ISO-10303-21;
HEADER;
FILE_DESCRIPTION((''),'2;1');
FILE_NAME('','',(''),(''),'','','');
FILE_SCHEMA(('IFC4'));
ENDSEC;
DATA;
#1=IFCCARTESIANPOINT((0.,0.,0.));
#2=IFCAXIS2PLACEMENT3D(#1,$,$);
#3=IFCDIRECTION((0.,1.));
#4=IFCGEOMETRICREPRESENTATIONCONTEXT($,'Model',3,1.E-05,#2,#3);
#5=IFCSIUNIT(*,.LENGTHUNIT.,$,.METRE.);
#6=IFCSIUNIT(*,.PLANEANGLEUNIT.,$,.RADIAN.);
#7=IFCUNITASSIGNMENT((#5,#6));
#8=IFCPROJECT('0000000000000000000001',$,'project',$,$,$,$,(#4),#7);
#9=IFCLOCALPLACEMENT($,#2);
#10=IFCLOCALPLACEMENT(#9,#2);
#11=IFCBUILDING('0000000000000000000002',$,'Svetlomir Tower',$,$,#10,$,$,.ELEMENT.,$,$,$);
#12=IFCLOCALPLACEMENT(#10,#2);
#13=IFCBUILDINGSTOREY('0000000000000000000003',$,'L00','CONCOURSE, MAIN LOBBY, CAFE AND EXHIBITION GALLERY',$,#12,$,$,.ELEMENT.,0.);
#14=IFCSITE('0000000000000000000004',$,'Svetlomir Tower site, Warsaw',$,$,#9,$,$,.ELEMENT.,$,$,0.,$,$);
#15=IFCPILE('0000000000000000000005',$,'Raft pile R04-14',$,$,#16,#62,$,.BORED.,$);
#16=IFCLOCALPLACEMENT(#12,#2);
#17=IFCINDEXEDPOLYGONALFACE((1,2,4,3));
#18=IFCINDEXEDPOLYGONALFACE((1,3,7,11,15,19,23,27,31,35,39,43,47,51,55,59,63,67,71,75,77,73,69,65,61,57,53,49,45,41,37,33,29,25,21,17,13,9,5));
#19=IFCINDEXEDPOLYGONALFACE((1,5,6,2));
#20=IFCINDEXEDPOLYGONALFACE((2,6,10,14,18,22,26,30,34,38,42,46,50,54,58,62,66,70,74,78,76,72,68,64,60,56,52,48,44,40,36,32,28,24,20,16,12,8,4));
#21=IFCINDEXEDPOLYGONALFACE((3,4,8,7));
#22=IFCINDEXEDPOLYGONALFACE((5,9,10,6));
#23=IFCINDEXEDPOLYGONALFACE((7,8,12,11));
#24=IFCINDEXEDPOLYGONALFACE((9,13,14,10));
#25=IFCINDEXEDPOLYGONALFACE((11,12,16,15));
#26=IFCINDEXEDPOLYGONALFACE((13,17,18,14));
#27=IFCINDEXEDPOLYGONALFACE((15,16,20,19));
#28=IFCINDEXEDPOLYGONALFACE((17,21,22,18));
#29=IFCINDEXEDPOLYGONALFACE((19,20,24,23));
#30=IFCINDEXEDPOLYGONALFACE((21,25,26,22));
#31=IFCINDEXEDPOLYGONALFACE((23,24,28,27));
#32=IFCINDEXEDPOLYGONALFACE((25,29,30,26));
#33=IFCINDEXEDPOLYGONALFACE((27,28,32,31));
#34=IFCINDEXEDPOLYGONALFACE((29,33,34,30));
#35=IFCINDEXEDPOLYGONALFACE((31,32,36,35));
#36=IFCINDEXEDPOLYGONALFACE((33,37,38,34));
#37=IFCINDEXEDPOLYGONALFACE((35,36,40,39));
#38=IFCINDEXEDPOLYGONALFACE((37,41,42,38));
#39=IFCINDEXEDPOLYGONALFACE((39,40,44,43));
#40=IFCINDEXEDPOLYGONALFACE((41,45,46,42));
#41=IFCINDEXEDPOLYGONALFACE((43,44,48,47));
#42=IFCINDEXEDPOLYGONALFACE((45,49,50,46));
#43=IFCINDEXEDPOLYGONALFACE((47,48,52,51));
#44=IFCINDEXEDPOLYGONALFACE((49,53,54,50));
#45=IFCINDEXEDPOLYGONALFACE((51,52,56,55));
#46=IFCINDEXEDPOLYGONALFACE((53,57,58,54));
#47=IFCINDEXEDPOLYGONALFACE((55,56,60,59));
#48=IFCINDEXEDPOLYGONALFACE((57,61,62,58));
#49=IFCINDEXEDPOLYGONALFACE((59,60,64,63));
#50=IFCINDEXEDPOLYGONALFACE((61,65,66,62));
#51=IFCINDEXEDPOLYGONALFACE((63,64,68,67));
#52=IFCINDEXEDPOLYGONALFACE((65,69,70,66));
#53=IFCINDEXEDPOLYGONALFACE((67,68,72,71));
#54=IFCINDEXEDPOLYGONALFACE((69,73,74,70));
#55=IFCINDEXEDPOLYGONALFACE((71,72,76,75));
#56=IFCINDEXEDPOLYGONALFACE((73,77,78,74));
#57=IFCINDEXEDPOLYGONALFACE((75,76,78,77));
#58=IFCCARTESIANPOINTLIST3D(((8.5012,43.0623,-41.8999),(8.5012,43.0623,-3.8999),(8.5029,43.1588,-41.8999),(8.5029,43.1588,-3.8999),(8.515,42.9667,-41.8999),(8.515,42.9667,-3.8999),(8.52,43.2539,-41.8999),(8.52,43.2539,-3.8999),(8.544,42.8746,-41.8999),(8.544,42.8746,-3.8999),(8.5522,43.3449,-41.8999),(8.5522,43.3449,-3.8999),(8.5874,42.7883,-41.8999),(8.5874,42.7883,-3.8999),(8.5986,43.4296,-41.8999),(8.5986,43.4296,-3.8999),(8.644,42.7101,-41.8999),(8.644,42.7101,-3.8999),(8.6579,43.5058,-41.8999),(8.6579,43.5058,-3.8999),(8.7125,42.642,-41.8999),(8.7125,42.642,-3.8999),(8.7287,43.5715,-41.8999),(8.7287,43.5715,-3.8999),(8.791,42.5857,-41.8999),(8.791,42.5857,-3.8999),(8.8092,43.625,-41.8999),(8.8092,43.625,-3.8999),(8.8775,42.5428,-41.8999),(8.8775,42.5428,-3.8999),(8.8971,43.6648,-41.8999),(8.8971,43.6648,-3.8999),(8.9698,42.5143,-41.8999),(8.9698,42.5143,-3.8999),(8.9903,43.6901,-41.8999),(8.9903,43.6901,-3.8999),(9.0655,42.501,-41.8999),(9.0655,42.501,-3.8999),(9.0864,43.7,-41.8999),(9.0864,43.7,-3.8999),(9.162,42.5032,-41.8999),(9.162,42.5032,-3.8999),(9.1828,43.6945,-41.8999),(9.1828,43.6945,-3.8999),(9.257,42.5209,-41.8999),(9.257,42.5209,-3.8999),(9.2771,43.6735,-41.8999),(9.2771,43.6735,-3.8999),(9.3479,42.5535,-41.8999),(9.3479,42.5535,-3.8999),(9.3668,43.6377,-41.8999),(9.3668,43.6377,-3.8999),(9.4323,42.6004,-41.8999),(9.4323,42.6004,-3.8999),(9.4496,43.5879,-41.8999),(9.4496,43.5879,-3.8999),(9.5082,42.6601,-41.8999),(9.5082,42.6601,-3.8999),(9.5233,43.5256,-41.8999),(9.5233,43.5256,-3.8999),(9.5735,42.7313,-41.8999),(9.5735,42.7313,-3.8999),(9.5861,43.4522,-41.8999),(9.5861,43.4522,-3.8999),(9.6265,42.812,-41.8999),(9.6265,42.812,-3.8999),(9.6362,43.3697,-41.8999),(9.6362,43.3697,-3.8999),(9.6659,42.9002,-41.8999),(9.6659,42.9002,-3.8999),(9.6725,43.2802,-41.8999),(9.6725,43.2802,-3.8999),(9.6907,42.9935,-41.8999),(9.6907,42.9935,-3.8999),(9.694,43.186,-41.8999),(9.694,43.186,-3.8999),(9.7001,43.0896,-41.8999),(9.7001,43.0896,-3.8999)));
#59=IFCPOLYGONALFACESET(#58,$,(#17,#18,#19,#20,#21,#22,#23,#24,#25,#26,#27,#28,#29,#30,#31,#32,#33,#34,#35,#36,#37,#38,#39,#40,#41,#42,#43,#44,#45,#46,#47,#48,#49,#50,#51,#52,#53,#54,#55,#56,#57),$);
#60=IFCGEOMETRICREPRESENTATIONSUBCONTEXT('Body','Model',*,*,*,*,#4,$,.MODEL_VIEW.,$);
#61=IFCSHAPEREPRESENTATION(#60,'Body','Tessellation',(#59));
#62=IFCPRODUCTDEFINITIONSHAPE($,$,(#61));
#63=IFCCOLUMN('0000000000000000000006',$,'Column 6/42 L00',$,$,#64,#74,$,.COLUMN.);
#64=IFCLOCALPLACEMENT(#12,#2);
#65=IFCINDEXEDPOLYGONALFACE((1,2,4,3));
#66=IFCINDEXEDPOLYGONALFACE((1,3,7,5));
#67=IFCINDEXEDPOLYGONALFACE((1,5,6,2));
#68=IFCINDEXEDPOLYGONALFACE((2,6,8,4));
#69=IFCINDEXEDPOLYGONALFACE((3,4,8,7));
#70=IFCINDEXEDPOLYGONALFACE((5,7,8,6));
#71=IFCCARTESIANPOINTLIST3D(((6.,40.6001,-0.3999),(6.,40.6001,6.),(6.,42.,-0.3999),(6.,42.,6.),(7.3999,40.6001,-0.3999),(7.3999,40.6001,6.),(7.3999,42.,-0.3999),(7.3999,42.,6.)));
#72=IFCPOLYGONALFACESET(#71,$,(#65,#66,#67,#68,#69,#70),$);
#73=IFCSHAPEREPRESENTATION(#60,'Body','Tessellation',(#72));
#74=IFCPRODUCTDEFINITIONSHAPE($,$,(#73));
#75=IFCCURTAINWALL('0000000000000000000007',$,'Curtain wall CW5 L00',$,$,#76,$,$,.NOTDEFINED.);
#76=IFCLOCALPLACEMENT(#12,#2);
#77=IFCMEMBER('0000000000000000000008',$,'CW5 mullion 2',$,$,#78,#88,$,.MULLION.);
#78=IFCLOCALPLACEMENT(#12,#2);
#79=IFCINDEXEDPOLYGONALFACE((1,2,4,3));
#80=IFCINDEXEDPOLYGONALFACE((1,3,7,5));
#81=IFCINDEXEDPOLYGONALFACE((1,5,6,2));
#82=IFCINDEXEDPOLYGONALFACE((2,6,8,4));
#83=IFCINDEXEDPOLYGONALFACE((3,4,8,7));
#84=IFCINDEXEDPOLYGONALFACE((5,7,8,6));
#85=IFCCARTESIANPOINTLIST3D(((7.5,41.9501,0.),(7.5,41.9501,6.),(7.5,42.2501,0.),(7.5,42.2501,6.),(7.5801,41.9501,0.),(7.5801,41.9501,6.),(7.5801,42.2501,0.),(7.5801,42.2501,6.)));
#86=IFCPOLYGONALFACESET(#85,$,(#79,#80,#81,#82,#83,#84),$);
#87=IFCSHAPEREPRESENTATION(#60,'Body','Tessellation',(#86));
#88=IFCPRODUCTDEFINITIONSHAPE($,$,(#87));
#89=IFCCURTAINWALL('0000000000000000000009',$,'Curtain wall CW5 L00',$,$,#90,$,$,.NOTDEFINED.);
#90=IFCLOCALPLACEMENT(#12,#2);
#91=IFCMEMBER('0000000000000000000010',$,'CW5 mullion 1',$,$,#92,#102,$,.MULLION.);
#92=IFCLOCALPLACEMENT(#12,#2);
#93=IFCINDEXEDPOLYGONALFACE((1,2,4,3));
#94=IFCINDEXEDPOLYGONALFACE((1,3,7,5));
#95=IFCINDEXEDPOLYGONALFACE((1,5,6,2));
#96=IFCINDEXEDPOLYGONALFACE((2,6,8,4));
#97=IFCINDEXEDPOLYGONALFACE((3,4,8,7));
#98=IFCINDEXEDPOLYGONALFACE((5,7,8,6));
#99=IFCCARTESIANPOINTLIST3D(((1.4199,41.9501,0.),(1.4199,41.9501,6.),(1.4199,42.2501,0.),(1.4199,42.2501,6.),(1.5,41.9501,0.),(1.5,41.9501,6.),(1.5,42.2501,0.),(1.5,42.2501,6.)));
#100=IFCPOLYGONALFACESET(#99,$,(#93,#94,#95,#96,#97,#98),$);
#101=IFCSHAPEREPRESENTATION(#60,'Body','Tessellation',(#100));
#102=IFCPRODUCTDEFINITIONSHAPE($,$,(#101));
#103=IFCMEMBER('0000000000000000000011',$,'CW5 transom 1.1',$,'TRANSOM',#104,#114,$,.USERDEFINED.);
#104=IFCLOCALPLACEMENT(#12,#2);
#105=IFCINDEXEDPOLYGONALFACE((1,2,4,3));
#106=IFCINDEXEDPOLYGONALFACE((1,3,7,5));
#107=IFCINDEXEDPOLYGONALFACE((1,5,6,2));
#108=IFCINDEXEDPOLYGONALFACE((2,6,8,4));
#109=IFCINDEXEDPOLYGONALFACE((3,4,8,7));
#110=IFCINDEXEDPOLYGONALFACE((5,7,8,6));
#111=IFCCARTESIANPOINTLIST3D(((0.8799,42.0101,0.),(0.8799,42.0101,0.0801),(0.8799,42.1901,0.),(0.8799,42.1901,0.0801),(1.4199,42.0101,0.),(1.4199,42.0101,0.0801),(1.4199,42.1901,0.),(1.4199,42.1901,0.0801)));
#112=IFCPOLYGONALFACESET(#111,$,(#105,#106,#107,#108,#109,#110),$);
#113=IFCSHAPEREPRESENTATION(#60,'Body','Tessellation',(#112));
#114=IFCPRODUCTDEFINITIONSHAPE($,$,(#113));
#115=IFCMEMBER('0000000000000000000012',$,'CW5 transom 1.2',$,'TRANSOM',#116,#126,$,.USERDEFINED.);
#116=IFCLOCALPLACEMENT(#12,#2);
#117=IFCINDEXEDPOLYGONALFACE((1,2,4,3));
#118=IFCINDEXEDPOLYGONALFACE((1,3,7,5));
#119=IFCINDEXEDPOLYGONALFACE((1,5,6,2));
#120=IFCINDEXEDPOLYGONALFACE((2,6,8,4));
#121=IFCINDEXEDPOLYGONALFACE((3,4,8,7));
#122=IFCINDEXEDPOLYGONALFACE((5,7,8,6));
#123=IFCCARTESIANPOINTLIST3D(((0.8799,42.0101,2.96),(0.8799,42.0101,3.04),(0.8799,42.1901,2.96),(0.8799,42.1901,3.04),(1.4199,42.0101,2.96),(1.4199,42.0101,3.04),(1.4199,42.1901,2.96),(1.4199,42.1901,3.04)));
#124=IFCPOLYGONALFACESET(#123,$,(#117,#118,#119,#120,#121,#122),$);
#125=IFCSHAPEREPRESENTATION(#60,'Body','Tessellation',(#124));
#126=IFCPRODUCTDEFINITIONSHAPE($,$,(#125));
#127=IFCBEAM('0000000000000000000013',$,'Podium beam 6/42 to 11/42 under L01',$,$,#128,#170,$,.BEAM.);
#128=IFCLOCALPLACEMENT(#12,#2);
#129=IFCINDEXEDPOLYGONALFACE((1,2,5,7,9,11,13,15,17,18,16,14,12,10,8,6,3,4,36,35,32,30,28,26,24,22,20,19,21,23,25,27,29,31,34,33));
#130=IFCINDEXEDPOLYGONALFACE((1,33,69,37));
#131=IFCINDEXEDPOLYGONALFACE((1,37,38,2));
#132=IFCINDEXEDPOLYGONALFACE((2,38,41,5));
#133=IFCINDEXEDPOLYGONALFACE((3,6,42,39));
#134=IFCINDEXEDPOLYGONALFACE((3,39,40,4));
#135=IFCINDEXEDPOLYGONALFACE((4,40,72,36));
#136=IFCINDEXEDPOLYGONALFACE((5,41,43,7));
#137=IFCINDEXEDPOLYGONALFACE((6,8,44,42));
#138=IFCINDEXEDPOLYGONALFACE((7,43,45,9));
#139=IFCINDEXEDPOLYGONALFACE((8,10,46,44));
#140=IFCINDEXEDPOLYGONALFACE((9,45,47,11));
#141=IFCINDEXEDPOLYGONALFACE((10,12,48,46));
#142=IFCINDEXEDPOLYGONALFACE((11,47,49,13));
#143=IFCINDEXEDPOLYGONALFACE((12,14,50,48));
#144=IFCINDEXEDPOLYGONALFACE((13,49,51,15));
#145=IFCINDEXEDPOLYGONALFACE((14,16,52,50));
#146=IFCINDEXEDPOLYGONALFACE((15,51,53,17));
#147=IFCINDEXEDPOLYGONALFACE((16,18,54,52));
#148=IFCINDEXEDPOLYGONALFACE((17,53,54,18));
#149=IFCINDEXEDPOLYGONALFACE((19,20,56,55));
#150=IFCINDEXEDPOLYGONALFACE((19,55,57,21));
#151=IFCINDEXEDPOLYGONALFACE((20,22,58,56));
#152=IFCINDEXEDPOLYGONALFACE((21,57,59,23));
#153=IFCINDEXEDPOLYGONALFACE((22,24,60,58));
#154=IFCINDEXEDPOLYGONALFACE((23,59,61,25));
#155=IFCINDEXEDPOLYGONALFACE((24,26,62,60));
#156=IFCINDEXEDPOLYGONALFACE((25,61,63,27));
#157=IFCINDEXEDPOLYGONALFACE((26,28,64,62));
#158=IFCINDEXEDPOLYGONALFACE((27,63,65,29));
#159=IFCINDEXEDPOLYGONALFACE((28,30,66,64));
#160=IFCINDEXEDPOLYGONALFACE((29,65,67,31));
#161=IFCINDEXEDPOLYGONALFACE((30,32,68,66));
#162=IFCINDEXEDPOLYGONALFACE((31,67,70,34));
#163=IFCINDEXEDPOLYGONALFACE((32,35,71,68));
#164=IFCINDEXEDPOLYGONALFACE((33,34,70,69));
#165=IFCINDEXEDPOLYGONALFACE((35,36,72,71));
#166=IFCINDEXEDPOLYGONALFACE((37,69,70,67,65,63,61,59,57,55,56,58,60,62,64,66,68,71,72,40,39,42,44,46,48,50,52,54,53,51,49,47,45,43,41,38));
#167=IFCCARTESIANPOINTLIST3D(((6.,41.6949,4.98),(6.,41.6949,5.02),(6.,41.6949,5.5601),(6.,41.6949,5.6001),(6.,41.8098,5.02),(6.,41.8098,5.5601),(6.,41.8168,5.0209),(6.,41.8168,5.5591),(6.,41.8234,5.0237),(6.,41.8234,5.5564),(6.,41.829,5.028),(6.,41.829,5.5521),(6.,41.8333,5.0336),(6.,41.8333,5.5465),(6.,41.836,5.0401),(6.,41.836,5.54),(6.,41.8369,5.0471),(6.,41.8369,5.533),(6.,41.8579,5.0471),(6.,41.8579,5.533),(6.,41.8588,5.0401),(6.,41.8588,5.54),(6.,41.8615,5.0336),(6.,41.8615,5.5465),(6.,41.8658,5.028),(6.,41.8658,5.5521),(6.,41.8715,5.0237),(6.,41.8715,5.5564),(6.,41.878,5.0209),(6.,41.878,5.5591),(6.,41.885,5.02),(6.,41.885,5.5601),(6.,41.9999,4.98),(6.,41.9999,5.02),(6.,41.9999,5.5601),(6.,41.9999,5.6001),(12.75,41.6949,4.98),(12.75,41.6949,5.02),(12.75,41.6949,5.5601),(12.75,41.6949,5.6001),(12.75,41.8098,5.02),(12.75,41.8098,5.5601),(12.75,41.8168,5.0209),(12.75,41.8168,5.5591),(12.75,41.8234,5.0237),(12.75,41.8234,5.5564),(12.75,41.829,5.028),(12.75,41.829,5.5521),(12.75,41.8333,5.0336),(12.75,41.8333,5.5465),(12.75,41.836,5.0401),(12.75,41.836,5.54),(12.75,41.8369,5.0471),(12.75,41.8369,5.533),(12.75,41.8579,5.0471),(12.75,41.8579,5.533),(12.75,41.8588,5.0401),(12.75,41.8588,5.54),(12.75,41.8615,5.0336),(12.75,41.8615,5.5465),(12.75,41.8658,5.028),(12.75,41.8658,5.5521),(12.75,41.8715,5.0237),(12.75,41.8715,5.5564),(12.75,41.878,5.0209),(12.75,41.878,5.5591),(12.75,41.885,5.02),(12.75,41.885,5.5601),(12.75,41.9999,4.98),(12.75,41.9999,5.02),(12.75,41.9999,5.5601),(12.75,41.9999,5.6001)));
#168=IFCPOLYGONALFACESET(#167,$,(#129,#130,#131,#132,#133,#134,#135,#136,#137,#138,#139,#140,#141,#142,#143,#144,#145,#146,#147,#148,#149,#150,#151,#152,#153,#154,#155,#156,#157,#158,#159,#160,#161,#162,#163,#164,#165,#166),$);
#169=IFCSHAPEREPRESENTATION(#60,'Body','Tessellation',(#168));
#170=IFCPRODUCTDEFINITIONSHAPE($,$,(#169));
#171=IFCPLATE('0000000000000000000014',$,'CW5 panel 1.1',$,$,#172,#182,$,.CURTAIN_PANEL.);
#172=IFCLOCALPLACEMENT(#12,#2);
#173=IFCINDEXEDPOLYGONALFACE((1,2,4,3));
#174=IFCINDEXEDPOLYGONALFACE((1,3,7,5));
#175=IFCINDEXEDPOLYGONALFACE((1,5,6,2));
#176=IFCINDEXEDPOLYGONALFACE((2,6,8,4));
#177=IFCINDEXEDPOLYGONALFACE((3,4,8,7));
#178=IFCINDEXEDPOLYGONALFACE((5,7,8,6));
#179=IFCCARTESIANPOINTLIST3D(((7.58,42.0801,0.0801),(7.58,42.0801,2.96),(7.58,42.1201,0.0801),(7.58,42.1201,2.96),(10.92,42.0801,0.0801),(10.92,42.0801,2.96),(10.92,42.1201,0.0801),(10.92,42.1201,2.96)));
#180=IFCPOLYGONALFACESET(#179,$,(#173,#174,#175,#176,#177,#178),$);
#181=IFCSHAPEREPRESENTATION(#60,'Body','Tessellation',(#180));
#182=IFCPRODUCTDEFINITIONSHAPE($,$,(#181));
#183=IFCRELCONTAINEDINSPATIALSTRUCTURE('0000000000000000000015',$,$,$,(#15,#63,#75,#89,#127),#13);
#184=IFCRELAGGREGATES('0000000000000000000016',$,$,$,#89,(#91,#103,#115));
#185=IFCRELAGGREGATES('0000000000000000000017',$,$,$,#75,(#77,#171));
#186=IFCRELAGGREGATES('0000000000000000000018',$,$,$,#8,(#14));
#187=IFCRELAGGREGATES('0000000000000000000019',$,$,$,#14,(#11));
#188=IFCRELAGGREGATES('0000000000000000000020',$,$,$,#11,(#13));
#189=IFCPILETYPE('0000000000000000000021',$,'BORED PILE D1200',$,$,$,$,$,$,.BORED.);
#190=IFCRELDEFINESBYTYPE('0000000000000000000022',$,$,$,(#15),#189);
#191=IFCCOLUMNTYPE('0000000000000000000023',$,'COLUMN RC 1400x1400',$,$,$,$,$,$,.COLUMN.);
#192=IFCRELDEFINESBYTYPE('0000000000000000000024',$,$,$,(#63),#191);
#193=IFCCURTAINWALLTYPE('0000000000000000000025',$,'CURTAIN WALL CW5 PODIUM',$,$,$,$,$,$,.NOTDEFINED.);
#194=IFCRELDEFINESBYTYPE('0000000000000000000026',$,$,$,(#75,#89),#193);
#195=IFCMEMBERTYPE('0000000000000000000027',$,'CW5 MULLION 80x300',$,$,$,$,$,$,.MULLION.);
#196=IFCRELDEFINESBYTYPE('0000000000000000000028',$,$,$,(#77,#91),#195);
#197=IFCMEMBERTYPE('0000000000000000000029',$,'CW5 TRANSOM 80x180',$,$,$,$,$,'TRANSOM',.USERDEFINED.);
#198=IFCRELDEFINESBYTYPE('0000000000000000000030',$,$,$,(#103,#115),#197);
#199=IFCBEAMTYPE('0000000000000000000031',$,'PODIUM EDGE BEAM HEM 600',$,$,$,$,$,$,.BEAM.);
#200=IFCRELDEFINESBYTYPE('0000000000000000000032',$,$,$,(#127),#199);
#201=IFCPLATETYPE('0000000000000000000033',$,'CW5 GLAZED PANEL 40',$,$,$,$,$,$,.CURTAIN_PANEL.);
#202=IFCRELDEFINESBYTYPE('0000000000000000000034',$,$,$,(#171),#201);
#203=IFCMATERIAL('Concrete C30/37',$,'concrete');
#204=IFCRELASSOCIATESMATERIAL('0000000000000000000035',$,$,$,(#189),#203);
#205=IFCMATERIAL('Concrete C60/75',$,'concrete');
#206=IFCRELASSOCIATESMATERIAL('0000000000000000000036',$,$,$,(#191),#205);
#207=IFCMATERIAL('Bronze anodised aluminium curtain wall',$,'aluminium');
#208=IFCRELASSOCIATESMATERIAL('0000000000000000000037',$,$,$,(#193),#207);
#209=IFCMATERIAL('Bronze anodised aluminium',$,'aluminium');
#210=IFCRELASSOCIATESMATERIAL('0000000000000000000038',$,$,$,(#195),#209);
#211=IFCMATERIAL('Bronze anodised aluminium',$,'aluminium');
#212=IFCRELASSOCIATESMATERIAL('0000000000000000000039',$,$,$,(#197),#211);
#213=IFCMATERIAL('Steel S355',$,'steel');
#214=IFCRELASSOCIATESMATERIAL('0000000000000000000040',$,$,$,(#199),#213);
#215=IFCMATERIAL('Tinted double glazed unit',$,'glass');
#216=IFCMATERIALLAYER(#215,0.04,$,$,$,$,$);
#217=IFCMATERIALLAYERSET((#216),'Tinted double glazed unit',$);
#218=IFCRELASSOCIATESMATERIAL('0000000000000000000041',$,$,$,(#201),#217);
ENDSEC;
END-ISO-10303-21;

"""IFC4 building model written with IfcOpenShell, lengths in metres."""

from ifc_helpers import new_model, si_unit, direction, frame, frame_2d, origin, origin_2d, place, context, subcontext, project, spatial, rectangle, circle, i_section, extrude, material, layer, layer_set, material_profile, profile_set, type_object, element, aggregate, save


model = new_model("IFC4")

# Units and contexts
model_context = context("Model", 3, precision=1e-05, world=origin(), true_north=direction((0.0, 1.0)))
body_context = subcontext(model_context, "Body", "Model", "MODEL_VIEW")
ifc_project = project(units=[si_unit("LENGTHUNIT", "METRE"), si_unit("PLANEANGLEUNIT", "RADIAN")], contexts=[model_context])

# Site, building, storey
site_placement = place(None, origin())
site = spatial("IfcSite", under=ifc_project, at=site_placement, Name="Svetlomir Tower site, Warsaw", CompositionType="ELEMENT", RefElevation=0.0)
building_placement = place(site_placement, origin())
building = spatial("IfcBuilding", under=site, at=building_placement, Name="Svetlomir Tower", CompositionType="ELEMENT")
storey_placement = place(building_placement, origin())
storey = spatial("IfcBuildingStorey", under=building, at=storey_placement, Name="L00", Description="CONCOURSE, MAIN LOBBY, CAFE AND EXHIBITION GALLERY", CompositionType="ELEMENT", Elevation=0.0)

# Pile
ifc_material_1 = material(Name="Concrete C30/37", Category="concrete")
ifc_material_profile_1 = material_profile(ifc_material_1, circle(Radius=0.6001, at=origin_2d()), Name="D1200")
ifc_profile_set_1 = profile_set([ifc_material_profile_1], Name="Concrete C30/37")
pile_type = type_object("IfcPileType", Name="BORED PILE D1200", PredefinedType="BORED", material=ifc_profile_set_1)
for number, where, z_axis, x_axis, name in (
    (1, (9.1001, 43.1001, -3.8999), (0.0, 0.0, -1.0), (1.0, 0.0, 0.0), "Raft pile R04-14"),
):
    element("IfcPile", number, at=place(storey_placement, frame(where, z_axis=z_axis, x_axis=x_axis)), inside=storey, type_object=pile_type, Name=name, PredefinedType="BORED", context=body_context, shape_type="SweptSolid", body=[
        extrude(circle(Radius=0.6001, at=frame_2d((0.0, 0.0), x_axis=(0.999848, 0.017452))), origin(), (0.0, 0.0, 1.0), 38.0),
    ])

# Column
ifc_material_2 = material(Name="Concrete C60/75", Category="concrete")
ifc_material_profile_2 = material_profile(ifc_material_2, rectangle(XDim=1.3999, YDim=1.3999, at=origin_2d()), Name="RC 1400x1400")
ifc_profile_set_2 = profile_set([ifc_material_profile_2], Name="Concrete C60/75")
column_type = type_object("IfcColumnType", Name="COLUMN RC 1400x1400", PredefinedType="COLUMN", material=ifc_profile_set_2)
column_placement = place(storey_placement, frame((6.7, 41.3, -0.3999), z_axis=(0.0, 0.0, 1.0), x_axis=(1.0, 0.0, 0.0)))
element("IfcColumn", 2, at=column_placement, inside=storey, type_object=column_type, Name="Column 6/42 L00", PredefinedType="COLUMN", context=body_context, shape_type="SweptSolid", body=[
    extrude(rectangle(XDim=1.3999, YDim=1.3999, at=origin_2d()), origin(), (0.0, 0.0, 1.0), 6.3999),
])

# Curtain wall, member
ifc_material_3 = material(Name="Bronze anodised aluminium curtain wall", Category="aluminium")
curtain_wall_type = type_object("IfcCurtainWallType", Name="CURTAIN WALL CW5 PODIUM", PredefinedType="NOTDEFINED", material=ifc_material_3)
curtain_wall_1_placement = place(storey_placement, origin())
curtain_wall_1 = element("IfcCurtainWall", 3, at=curtain_wall_1_placement, inside=storey, type_object=curtain_wall_type, Name="Curtain wall CW5 L00", PredefinedType="NOTDEFINED")
ifc_material_4 = material(Name="Bronze anodised aluminium", Category="aluminium")
ifc_material_profile_3 = material_profile(ifc_material_4, rectangle(XDim=0.0801, YDim=0.3, at=origin_2d()), Name="AL 80x300")
ifc_profile_set_3 = profile_set([ifc_material_profile_3], Name="Bronze anodised aluminium 6063-T6")
member_type_1 = type_object("IfcMemberType", Name="CW5 MULLION 80x300", PredefinedType="MULLION", material=ifc_profile_set_3)
member_1_placement = place(storey_placement, frame((7.54, 42.1001, 0.0), z_axis=(0.0, 0.0, 1.0), x_axis=(-1.0, 0.0, 0.0)))
member_1 = element("IfcMember", 4, at=member_1_placement, type_object=member_type_1, Name="CW5 mullion 2", PredefinedType="MULLION", context=body_context, shape_type="SweptSolid", body=[
    extrude(rectangle(XDim=0.0801, YDim=0.3, at=origin_2d()), origin(), (0.0, 0.0, 1.0), 6.0),
])

# Curtain wall, members
curtain_wall_2_placement = place(storey_placement, origin())
curtain_wall_2 = element("IfcCurtainWall", 5, at=curtain_wall_2_placement, inside=storey, type_object=curtain_wall_type, Name="Curtain wall CW5 L00", PredefinedType="NOTDEFINED")
member_2_placement = place(storey_placement, frame((1.46, 42.1001, 0.0), z_axis=(0.0, 0.0, 1.0), x_axis=(-1.0, 0.0, 0.0)))
member_2 = element("IfcMember", 6, at=member_2_placement, type_object=member_type_1, Name="CW5 mullion 1", PredefinedType="MULLION", context=body_context, shape_type="SweptSolid", body=[
    extrude(rectangle(XDim=0.0801, YDim=0.3, at=origin_2d()), origin(), (0.0, 0.0, 1.0), 6.0),
])
ifc_material_5 = material(Name="Bronze anodised aluminium", Category="aluminium")
ifc_material_profile_4 = material_profile(ifc_material_5, rectangle(XDim=0.1799, YDim=0.0801, at=origin_2d()), Name="AL 180x80")
ifc_profile_set_4 = profile_set([ifc_material_profile_4], Name="Bronze anodised aluminium 6063-T6")
member_type_2 = type_object("IfcMemberType", Name="CW5 TRANSOM 80x180", ElementType="TRANSOM", PredefinedType="USERDEFINED", material=ifc_profile_set_4)
member_3_placement = place(storey_placement, frame((1.4199, 42.1001, 0.04), z_axis=(-1.0, 0.0, 0.0), x_axis=(0.0, -1.0, 0.0)))
member_3 = element("IfcMember", 7, at=member_3_placement, type_object=member_type_2, Name="CW5 transom 1.1", ObjectType="TRANSOM", PredefinedType="USERDEFINED", context=body_context, shape_type="SweptSolid", body=[
    extrude(rectangle(XDim=0.1799, YDim=0.0801, at=origin_2d()), origin(), (0.0, 0.0, 1.0), 0.54),
])
member_4_placement = place(storey_placement, frame((1.4199, 42.1001, 3.0), z_axis=(-1.0, 0.0, 0.0), x_axis=(0.0, -1.0, 0.0)))
member_4 = element("IfcMember", 8, at=member_4_placement, type_object=member_type_2, Name="CW5 transom 1.2", ObjectType="TRANSOM", PredefinedType="USERDEFINED", context=body_context, shape_type="SweptSolid", body=[
    extrude(rectangle(XDim=0.1799, YDim=0.0801, at=origin_2d()), origin(), (0.0, 0.0, 1.0), 0.54),
])
aggregate(curtain_wall_2, [member_2, member_3, member_4])

# Beam
ifc_material_6 = material(Name="Steel S355", Category="steel")
ifc_material_profile_5 = material_profile(ifc_material_6, i_section(OverallWidth=0.3049, OverallDepth=0.6201, WebThickness=0.021, FlangeThickness=0.04, FilletRadius=0.0271, at=origin_2d()), Name="HEM 600")
ifc_profile_set_5 = profile_set([ifc_material_profile_5], Name="Steel S355")
beam_type = type_object("IfcBeamType", Name="PODIUM EDGE BEAM HEM 600", PredefinedType="BEAM", material=ifc_profile_set_5)
beam_placement = place(storey_placement, frame((6.0, 41.8474, 5.29), z_axis=(1.0, 0.0, 0.0), x_axis=(0.0, 1.0, 0.0)))
element("IfcBeam", 9, at=beam_placement, inside=storey, type_object=beam_type, Name="Podium beam 6/42 to 11/42 under L01", PredefinedType="BEAM", context=body_context, shape_type="SweptSolid", body=[
    extrude(i_section(OverallWidth=0.3049, OverallDepth=0.6201, WebThickness=0.021, FlangeThickness=0.04, FilletRadius=0.0271, at=origin_2d()), origin(), (0.0, 0.0, 1.0), 6.75),
])

# Plate
ifc_material_7 = material(Name="Tinted double glazed unit", Category="glass")
ifc_layer_1 = layer(ifc_material_7, 0.04)
ifc_layer_set_1 = layer_set([ifc_layer_1], Name="Tinted double glazed unit")
plate_type = type_object("IfcPlateType", Name="CW5 GLAZED PANEL 40", PredefinedType="CURTAIN_PANEL", material=ifc_layer_set_1)
plate_1_placement = place(storey_placement, frame((9.25, 42.1001, 0.0801), z_axis=(0.0, 0.0, 1.0), x_axis=(-1.0, 0.0, 0.0)))
plate_1 = element("IfcPlate", 10, at=plate_1_placement, type_object=plate_type, Name="CW5 panel 1.1", PredefinedType="CURTAIN_PANEL", context=body_context, shape_type="SweptSolid", body=[
    extrude(rectangle(XDim=3.3401, YDim=0.04, at=origin_2d()), origin(), (0.0, 0.0, 1.0), 2.8799),
])
aggregate(curtain_wall_1, [member_1, plate_1])

save(model, "model.ifc")
